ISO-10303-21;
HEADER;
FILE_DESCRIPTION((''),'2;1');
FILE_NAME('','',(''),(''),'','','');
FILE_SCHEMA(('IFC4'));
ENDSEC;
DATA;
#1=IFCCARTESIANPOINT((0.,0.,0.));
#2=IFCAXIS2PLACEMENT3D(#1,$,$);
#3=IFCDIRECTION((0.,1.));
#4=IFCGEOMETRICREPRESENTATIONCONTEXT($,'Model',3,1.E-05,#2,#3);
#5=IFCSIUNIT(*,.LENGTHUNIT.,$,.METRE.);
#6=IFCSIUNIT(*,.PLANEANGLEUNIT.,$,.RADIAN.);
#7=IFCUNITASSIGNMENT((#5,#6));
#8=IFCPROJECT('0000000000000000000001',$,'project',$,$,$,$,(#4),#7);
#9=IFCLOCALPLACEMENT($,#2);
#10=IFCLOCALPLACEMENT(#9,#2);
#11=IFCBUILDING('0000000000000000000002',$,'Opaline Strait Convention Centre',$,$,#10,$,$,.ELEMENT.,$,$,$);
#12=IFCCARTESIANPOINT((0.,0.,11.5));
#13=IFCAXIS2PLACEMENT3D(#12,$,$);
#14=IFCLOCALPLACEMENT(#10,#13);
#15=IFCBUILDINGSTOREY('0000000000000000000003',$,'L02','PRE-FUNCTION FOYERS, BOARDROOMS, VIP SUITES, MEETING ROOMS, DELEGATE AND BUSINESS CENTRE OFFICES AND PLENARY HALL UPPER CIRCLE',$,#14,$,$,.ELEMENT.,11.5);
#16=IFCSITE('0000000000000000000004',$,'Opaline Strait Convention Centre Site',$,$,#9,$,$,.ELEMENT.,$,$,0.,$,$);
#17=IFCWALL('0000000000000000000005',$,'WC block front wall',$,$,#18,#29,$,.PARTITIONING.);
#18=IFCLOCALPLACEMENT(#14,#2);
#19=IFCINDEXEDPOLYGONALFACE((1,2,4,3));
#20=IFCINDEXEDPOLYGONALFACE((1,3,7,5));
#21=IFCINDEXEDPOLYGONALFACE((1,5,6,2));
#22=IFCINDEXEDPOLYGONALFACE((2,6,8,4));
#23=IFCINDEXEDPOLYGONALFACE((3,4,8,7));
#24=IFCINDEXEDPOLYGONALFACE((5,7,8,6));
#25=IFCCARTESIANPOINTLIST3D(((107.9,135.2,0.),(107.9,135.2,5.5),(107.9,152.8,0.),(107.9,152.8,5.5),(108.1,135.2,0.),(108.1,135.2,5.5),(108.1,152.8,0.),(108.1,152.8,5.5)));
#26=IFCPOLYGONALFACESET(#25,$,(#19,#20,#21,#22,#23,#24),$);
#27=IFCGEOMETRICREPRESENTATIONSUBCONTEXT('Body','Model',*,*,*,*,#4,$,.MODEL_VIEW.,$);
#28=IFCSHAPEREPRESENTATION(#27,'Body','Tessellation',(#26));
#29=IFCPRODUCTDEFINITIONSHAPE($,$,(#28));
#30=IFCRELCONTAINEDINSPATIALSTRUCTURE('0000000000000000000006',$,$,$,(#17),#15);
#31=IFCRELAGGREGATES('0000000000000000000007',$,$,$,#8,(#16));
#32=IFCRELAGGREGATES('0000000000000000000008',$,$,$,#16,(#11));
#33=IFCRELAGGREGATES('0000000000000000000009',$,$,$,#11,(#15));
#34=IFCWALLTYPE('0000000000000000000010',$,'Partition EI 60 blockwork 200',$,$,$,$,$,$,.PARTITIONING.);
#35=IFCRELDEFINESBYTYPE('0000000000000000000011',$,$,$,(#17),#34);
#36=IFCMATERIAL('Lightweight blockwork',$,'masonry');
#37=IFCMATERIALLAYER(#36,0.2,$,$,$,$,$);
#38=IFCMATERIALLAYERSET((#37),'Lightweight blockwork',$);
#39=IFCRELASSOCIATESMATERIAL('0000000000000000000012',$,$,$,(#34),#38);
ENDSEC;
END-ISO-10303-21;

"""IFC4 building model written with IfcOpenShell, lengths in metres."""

from ifc_helpers import new_model, si_unit, direction, frame, frame_2d, origin, place, context, subcontext, project, spatial, rectangle, extrude, material, layer, layer_set, type_object, element, save


model = new_model("IFC4")

# Units and contexts
model_context = context("Model", 3, precision=1e-05, world=origin(), true_north=direction((0.0, 1.0)))
body_context = subcontext(model_context, "Body", "Model", "MODEL_VIEW")
ifc_project = project(units=[si_unit("LENGTHUNIT", "METRE"), si_unit("PLANEANGLEUNIT", "RADIAN")], contexts=[model_context])

# Site, building, storey
site_placement = place(None, origin())
site = spatial("IfcSite", under=ifc_project, at=site_placement, Name="Opaline Strait Convention Centre Site", CompositionType="ELEMENT", RefElevation=0.0)
building_placement = place(site_placement, origin())
building = spatial("IfcBuilding", under=site, at=building_placement, Name="Opaline Strait Convention Centre", CompositionType="ELEMENT")
storey_placement = place(building_placement, frame((0.0, 0.0, 11.5)))
storey = spatial("IfcBuildingStorey", under=building, at=storey_placement, Name="L02", Description="PRE-FUNCTION FOYERS, BOARDROOMS, VIP SUITES, MEETING ROOMS, DELEGATE AND BUSINESS CENTRE OFFICES AND PLENARY HALL UPPER CIRCLE", CompositionType="ELEMENT", Elevation=11.5)

# Wall
ifc_material_1 = material(Name="Lightweight blockwork", Category="masonry")
ifc_layer_1 = layer(ifc_material_1, 0.2)
ifc_layer_set_1 = layer_set([ifc_layer_1], Name="Lightweight blockwork")
wall_type_1 = type_object("IfcWallType", Name="Partition EI 60 blockwork 200", PredefinedType="PARTITIONING", material=ifc_layer_set_1)
wall_1_placement = place(storey_placement, frame((108.0, 135.2, 0.0), z_axis=(0.0, 0.0, 1.0), x_axis=(0.0, 1.0, 0.0)))
element("IfcWall", 1, at=wall_1_placement, inside=storey, type_object=wall_type_1, Name="WC block front wall", PredefinedType="PARTITIONING", context=body_context, shape_type="SweptSolid", body=[
    extrude(rectangle(XDim=17.6001, YDim=0.2, at=frame_2d((8.8, 0.0))), origin(), (0.0, 0.0, 1.0), 5.5),
])

save(model, "model.ifc")
